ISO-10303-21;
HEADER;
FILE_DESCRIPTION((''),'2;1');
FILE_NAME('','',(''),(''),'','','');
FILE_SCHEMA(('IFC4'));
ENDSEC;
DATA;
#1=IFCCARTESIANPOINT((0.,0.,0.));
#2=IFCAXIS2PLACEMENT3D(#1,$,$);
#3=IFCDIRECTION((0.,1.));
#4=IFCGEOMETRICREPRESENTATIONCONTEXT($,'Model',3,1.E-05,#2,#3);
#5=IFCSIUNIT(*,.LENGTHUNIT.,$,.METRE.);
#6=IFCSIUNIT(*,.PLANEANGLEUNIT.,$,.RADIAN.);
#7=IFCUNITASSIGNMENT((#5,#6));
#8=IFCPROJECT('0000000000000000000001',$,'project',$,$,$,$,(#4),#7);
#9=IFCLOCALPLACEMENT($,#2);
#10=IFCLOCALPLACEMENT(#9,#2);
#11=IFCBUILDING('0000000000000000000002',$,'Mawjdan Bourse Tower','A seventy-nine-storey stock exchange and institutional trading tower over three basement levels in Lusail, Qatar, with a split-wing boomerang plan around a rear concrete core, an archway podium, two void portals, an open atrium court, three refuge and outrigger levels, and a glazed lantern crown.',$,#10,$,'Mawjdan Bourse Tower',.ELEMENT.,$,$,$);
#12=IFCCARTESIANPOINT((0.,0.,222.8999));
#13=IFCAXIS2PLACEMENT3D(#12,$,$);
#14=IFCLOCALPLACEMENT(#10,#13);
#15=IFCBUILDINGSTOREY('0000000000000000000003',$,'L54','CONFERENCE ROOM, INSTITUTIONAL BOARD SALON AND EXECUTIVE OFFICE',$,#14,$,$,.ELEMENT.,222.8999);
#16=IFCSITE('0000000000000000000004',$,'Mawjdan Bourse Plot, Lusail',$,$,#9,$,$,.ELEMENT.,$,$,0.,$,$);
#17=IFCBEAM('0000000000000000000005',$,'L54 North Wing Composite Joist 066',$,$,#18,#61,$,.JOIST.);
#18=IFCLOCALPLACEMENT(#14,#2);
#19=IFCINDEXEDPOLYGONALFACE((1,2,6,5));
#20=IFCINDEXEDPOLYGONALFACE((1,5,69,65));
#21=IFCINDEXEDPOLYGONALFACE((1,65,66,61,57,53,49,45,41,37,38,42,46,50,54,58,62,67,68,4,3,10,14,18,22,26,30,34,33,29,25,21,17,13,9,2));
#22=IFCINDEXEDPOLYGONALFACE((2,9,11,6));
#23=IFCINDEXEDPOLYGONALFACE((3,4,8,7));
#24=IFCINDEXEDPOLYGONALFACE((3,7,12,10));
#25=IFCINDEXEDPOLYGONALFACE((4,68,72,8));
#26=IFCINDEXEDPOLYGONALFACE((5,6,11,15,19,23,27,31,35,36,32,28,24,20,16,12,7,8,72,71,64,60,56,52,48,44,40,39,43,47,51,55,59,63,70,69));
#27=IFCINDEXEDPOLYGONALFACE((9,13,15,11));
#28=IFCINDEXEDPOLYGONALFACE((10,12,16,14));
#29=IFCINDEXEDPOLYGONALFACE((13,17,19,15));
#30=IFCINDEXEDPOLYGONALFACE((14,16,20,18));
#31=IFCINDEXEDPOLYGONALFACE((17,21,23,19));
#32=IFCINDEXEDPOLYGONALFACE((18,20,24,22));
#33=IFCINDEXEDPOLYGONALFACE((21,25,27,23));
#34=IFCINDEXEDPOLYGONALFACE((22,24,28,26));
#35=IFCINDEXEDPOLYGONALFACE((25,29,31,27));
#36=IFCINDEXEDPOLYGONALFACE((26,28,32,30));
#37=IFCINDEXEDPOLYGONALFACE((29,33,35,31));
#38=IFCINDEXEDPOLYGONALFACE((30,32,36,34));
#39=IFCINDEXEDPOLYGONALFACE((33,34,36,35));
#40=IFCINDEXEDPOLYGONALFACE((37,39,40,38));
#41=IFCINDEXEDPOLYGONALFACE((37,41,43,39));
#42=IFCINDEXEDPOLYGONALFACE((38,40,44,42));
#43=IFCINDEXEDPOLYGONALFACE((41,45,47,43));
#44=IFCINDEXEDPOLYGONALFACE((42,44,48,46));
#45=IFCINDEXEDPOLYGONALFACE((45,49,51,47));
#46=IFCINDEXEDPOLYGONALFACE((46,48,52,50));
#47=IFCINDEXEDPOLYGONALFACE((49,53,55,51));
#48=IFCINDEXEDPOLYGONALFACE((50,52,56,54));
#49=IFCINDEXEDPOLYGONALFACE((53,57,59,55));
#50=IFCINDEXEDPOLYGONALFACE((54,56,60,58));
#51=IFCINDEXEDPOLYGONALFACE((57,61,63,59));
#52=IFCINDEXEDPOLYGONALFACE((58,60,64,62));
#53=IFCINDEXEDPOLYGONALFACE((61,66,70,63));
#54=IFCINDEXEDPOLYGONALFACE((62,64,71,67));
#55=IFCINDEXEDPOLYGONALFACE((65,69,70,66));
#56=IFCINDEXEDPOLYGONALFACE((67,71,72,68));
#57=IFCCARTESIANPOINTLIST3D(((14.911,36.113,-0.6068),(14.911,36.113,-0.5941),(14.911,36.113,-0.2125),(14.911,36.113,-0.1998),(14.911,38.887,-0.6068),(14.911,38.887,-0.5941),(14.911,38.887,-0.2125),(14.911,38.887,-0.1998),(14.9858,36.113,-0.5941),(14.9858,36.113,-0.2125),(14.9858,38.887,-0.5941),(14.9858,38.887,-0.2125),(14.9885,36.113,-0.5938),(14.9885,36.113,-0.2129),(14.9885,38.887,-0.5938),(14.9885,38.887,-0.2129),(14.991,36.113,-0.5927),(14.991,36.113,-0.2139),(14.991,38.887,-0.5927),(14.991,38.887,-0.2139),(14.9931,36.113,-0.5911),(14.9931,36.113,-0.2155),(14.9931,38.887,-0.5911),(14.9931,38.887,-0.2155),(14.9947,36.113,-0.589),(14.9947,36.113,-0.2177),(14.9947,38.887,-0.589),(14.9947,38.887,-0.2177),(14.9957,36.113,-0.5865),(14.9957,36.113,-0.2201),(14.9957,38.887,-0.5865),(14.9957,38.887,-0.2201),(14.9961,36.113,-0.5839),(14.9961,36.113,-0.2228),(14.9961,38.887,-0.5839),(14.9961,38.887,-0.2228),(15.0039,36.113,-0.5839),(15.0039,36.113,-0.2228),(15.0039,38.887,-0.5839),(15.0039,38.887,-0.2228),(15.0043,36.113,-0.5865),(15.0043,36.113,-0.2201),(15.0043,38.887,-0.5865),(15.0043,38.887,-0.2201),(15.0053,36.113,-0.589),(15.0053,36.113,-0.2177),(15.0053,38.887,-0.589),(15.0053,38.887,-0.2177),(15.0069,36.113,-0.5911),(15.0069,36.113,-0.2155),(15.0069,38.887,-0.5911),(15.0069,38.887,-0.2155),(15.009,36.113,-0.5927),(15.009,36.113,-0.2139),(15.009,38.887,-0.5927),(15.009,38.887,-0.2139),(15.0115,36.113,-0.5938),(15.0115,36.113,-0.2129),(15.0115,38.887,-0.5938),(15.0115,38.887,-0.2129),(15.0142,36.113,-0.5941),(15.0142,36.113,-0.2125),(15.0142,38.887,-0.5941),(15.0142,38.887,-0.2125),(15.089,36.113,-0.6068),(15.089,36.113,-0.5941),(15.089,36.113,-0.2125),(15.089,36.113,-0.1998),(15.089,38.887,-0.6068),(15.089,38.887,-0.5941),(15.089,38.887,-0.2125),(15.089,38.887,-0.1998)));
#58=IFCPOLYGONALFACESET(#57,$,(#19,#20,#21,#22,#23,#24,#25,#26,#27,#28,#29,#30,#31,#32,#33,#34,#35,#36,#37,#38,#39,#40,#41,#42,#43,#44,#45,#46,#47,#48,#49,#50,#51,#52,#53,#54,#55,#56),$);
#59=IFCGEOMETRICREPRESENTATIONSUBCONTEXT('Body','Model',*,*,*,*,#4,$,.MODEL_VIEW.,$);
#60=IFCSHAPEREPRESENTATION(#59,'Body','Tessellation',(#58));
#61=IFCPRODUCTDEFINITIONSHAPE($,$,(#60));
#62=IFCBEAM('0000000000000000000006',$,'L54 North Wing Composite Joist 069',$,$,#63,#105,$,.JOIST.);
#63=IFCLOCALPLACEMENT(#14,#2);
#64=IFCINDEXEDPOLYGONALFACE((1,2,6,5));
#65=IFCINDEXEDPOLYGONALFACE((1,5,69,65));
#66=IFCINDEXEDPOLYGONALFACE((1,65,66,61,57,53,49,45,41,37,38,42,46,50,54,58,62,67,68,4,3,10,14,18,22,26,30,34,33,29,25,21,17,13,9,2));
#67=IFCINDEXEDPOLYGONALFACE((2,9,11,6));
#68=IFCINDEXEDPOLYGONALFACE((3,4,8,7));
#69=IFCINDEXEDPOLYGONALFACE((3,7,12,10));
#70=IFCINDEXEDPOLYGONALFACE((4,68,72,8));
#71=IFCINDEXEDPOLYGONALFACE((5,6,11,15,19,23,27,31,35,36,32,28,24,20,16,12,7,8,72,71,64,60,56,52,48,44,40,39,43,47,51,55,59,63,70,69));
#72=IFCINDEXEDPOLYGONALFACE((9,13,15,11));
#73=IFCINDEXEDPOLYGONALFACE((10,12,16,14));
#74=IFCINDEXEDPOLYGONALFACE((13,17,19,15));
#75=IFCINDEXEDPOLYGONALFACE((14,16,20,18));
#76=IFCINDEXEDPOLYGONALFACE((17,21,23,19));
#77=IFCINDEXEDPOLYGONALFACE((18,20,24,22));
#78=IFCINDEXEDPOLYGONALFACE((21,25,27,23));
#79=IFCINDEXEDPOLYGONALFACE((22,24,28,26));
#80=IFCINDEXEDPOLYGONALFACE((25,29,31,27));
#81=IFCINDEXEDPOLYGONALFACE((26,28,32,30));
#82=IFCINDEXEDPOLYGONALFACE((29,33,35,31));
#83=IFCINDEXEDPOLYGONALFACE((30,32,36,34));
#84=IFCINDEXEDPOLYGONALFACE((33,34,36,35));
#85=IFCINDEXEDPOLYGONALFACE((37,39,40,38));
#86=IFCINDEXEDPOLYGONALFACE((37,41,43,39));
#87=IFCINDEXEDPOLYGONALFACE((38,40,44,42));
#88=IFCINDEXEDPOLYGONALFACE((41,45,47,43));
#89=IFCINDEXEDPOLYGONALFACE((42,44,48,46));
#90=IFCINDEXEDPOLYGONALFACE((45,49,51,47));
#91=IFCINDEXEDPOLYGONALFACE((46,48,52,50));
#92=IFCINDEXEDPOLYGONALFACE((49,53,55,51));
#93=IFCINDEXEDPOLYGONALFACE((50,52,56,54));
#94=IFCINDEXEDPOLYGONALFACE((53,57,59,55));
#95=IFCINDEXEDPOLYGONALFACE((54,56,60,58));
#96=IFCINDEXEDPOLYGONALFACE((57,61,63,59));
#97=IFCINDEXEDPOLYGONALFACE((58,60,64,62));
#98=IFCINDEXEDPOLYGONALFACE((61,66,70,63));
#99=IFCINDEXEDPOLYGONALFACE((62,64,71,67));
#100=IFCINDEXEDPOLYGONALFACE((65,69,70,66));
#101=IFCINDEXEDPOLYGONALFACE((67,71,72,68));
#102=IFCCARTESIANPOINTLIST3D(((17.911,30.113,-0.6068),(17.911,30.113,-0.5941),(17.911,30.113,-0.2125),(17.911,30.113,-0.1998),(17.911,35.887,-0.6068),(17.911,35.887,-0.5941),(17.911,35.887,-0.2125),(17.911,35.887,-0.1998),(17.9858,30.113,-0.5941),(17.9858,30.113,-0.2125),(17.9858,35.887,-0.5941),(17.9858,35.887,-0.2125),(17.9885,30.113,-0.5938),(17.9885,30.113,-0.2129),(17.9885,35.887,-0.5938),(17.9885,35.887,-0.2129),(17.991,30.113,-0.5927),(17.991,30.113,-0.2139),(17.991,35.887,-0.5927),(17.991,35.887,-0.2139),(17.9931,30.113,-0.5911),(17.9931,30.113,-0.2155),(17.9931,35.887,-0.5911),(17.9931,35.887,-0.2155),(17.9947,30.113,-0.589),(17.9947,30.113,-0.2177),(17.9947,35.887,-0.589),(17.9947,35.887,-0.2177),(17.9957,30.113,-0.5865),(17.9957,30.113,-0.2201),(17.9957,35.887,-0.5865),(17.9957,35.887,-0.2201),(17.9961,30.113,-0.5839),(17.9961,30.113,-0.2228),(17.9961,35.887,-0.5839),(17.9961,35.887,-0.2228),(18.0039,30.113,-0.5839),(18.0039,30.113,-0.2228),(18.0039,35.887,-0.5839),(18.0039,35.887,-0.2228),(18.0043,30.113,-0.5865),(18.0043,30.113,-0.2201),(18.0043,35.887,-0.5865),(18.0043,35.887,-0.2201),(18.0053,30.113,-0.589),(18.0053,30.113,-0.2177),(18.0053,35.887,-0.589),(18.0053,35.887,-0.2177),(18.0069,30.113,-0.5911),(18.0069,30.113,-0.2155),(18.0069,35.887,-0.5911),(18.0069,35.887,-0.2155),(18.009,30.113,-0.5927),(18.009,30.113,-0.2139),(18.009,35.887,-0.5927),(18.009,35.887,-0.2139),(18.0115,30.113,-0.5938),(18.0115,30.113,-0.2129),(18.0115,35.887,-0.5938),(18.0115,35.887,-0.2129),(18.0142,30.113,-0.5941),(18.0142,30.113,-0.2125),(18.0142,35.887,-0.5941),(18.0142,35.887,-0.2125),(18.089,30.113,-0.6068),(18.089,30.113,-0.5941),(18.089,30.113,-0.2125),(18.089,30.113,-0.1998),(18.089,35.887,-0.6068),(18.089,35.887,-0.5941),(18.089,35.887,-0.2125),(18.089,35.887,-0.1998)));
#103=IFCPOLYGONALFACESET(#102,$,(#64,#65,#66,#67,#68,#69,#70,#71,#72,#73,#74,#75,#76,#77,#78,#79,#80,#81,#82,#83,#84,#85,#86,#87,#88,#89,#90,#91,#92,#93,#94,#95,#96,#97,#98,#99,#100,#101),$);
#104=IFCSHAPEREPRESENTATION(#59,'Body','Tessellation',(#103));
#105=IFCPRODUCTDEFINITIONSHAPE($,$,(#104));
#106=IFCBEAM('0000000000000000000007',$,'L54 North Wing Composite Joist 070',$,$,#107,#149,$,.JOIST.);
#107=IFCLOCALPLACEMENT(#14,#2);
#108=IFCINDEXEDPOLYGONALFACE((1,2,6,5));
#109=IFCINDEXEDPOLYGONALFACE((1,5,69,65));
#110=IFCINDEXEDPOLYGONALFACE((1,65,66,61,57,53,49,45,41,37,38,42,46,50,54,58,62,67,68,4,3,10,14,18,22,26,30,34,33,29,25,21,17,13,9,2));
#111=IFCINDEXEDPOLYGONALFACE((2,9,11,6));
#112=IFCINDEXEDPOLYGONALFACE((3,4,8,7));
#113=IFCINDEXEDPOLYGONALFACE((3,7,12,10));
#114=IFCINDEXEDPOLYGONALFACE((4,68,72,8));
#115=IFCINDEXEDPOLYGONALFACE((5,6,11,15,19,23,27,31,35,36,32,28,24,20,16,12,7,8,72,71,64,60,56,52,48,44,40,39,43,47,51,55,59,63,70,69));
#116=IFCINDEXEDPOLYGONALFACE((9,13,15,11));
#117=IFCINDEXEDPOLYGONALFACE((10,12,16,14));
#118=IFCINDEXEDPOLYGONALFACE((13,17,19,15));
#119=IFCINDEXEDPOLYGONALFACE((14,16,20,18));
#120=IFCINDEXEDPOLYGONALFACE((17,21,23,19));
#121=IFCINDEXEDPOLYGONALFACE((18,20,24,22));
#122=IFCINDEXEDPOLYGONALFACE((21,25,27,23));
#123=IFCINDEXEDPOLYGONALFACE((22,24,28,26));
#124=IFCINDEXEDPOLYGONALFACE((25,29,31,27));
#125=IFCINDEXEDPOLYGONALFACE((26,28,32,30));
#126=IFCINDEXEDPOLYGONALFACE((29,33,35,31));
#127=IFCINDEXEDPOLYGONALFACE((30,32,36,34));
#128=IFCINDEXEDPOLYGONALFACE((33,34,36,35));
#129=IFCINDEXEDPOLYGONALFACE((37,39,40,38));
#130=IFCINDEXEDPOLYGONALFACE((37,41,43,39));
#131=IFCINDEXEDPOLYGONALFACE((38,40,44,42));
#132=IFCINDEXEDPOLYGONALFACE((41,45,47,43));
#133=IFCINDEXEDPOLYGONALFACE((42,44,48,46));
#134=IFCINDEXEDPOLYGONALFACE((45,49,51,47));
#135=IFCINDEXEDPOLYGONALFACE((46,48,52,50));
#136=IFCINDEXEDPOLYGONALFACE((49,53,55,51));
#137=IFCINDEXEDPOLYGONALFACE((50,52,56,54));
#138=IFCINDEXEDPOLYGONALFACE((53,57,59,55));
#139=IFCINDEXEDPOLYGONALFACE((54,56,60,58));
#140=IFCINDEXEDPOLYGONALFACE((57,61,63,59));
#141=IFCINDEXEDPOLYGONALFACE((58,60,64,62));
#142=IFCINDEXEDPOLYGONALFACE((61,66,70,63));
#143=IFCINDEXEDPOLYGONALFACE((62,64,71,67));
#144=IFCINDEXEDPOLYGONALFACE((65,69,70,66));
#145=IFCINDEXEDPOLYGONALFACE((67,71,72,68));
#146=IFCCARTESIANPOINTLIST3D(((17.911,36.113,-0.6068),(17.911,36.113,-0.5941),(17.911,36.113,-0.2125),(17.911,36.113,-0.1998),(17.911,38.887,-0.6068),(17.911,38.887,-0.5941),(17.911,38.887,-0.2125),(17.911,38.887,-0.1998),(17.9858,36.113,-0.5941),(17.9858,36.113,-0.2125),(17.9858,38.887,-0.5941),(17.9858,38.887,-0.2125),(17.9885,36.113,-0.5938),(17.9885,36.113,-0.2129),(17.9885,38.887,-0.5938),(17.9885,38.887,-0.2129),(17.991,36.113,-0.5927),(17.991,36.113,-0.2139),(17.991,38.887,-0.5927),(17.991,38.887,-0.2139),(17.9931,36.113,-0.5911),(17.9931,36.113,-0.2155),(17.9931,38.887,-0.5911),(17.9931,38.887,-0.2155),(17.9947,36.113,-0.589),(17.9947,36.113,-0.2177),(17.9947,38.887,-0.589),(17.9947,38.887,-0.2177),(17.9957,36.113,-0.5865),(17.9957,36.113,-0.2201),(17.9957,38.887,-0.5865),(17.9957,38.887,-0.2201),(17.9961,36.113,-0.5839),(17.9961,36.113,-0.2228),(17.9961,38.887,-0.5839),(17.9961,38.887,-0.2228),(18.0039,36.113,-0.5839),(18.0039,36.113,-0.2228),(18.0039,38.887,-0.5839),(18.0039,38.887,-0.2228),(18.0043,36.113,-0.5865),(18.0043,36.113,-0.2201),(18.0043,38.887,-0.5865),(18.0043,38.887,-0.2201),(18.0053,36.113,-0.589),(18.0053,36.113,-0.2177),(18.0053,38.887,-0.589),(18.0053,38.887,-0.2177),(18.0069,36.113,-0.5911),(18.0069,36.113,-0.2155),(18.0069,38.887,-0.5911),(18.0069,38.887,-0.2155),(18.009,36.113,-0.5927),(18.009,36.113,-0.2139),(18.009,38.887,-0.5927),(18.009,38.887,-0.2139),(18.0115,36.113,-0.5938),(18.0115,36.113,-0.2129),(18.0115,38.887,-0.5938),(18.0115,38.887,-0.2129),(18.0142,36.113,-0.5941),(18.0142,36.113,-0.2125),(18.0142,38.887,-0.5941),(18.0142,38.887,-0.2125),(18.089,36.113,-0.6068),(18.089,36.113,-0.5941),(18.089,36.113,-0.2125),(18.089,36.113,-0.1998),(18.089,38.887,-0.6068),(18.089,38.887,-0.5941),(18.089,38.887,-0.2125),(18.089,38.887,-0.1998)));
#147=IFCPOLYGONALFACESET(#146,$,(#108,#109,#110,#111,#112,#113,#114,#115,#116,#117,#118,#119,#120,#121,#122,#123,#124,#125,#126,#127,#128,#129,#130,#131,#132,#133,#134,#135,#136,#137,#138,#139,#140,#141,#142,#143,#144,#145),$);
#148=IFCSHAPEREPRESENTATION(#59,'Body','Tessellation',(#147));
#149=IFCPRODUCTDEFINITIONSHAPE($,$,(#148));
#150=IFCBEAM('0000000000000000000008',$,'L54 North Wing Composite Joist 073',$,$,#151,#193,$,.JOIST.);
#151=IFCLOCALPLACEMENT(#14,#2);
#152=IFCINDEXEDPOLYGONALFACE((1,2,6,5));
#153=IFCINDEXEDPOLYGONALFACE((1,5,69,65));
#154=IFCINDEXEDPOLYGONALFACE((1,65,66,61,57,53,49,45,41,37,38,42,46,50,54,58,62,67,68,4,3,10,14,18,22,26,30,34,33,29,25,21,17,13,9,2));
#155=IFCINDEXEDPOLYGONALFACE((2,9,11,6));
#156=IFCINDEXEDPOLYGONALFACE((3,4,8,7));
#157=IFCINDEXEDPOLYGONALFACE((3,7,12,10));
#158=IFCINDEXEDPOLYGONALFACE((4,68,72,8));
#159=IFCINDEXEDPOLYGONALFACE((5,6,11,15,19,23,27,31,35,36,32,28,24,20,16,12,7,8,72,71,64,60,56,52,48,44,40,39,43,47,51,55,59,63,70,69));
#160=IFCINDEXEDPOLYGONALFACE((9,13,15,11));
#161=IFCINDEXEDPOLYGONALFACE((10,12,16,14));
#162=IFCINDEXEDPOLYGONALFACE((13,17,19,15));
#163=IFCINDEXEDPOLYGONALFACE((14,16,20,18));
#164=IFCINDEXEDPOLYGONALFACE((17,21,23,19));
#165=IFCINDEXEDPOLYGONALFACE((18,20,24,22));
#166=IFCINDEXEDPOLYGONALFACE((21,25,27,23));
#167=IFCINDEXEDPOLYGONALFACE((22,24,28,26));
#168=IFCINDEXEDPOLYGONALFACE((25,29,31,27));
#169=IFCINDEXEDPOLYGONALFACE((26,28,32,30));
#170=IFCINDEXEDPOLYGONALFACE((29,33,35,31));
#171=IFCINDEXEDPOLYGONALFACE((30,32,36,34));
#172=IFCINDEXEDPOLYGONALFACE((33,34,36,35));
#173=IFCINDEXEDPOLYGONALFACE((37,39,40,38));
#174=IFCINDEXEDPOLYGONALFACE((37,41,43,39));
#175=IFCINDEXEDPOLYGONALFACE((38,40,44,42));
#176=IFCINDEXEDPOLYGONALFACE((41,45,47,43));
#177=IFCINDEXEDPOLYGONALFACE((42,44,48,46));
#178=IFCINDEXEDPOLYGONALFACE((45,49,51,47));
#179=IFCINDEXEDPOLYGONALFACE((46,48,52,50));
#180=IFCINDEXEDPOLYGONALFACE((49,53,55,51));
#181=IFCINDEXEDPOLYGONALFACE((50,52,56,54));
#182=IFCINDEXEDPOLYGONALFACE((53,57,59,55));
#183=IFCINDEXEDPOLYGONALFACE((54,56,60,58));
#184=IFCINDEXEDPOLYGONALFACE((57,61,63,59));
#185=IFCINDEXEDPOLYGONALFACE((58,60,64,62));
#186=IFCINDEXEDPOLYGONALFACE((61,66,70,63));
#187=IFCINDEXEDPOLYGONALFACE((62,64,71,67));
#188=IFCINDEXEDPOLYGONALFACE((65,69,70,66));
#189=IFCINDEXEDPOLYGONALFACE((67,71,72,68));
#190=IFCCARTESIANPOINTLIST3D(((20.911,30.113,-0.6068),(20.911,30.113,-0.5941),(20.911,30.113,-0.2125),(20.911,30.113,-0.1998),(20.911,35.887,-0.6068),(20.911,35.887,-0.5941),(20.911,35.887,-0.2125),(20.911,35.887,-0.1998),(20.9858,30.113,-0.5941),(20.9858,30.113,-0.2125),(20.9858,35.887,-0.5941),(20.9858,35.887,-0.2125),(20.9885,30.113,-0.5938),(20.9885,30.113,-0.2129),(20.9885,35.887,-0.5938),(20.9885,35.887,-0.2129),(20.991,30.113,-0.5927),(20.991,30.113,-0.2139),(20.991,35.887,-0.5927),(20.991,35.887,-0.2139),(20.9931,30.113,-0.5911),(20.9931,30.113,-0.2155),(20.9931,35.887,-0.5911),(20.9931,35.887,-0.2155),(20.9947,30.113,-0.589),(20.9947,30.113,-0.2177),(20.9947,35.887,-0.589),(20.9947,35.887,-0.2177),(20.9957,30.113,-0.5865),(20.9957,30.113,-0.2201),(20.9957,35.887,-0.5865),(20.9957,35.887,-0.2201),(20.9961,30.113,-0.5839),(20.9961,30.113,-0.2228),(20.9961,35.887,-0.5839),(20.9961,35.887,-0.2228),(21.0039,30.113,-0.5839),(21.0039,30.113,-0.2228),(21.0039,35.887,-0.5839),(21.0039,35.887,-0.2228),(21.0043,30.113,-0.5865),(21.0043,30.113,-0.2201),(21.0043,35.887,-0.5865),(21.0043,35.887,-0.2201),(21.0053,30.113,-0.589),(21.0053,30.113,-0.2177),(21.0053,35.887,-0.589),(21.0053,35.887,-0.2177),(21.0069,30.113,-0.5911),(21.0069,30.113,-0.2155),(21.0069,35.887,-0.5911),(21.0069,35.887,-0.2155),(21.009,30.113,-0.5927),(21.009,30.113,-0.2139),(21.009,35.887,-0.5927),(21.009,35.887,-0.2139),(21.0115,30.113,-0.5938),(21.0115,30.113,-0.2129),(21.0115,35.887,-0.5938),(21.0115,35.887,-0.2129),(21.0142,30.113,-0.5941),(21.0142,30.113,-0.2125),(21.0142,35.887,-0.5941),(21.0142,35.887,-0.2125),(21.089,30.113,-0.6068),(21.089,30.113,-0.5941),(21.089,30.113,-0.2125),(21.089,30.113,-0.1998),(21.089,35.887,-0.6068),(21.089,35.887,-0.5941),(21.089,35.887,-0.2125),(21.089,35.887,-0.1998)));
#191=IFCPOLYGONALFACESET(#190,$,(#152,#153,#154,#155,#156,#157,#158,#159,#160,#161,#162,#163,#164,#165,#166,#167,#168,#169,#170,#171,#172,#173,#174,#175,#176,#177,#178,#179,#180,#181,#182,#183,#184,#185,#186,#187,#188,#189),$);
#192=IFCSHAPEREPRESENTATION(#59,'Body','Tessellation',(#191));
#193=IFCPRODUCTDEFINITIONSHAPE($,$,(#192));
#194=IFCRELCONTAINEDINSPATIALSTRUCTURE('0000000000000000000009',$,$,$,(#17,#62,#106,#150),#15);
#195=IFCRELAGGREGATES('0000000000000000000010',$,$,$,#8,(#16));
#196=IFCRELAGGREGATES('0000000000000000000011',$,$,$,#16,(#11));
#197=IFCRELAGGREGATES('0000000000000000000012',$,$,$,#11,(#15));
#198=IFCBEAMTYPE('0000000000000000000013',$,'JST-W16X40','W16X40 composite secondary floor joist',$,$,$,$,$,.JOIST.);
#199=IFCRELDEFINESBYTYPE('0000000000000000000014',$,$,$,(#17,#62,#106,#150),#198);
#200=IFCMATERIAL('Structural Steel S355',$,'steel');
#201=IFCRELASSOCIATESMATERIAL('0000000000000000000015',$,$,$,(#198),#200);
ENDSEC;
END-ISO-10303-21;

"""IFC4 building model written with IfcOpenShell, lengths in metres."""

from ifc_helpers import new_model, si_unit, direction, frame, origin, origin_2d, place, context, subcontext, project, spatial, i_section, extrude, material, material_profile, profile_set, type_object, element, save


model = new_model("IFC4")

# Units and contexts
model_context = context("Model", 3, precision=1e-05, world=origin(), true_north=direction((0.0, 1.0)))
body_context = subcontext(model_context, "Body", "Model", "MODEL_VIEW")
ifc_project = project(units=[si_unit("LENGTHUNIT", "METRE"), si_unit("PLANEANGLEUNIT", "RADIAN")], contexts=[model_context])

# Site, building, storey
site_placement = place(None, origin())
site = spatial("IfcSite", under=ifc_project, at=site_placement, Name="Mawjdan Bourse Plot, Lusail", CompositionType="ELEMENT", RefElevation=0.0)
building_placement = place(site_placement, origin())
building = spatial("IfcBuilding", under=site, at=building_placement, Name="Mawjdan Bourse Tower", Description="A seventy-nine-storey stock exchange and institutional trading tower over three basement levels in Lusail, Qatar, with a split-wing boomerang plan around a rear concrete core, an archway podium, two void portals, an open atrium court, three refuge and outrigger levels, and a glazed lantern crown.", LongName="Mawjdan Bourse Tower", CompositionType="ELEMENT")
storey_placement = place(building_placement, frame((0.0, 0.0, 222.8999)))
storey = spatial("IfcBuildingStorey", under=building, at=storey_placement, Name="L54", Description="CONFERENCE ROOM, INSTITUTIONAL BOARD SALON AND EXECUTIVE OFFICE", CompositionType="ELEMENT", Elevation=222.8999)

# Beams
ifc_material_1 = material(Name="Structural Steel S355", Category="steel")
ifc_material_profile_1 = material_profile(ifc_material_1, i_section(OverallWidth=0.178, OverallDepth=0.407, WebThickness=0.0078, FlangeThickness=0.0127, FilletRadius=0.0103, at=origin_2d()), Name="W16X40")
ifc_profile_set_1 = profile_set([ifc_material_profile_1], Name="Structural Steel S355")
beam_type_1 = type_object("IfcBeamType", Name="JST-W16X40", Description="W16X40 composite secondary floor joist", PredefinedType="JOIST", material=ifc_profile_set_1)
for number, where, z_axis, x_axis, name in (
    (1, (15.0, 36.113, -0.4033), (0.0, 1.0, 0.0), (-1.0, 0.0, 0.0), "L54 North Wing Composite Joist 066"),
):
    element("IfcBeam", number, at=place(storey_placement, frame(where, z_axis=z_axis, x_axis=x_axis)), inside=storey, type_object=beam_type_1, Name=name, PredefinedType="JOIST", context=body_context, shape_type="SweptSolid", body=[
        extrude(i_section(OverallWidth=0.178, OverallDepth=0.407, WebThickness=0.0078, FlangeThickness=0.0127, FilletRadius=0.0103, at=origin_2d()), origin(), (0.0, 0.0, 1.0), 2.7739),
    ])
beam_1_placement = place(storey_placement, frame((18.0, 30.113, -0.4033), z_axis=(0.0, 1.0, 0.0), x_axis=(-1.0, 0.0, 0.0)))
element("IfcBeam", 2, at=beam_1_placement, inside=storey, type_object=beam_type_1, Name="L54 North Wing Composite Joist 069", PredefinedType="JOIST", context=body_context, shape_type="SweptSolid", body=[
    extrude(i_section(OverallWidth=0.178, OverallDepth=0.407, WebThickness=0.0078, FlangeThickness=0.0127, FilletRadius=0.0103, at=origin_2d()), origin(), (0.0, 0.0, 1.0), 5.7739),
])
beam_2_placement = place(storey_placement, frame((18.0, 36.113, -0.4033), z_axis=(0.0, 1.0, 0.0), x_axis=(-1.0, 0.0, 0.0)))
element("IfcBeam", 3, at=beam_2_placement, inside=storey, type_object=beam_type_1, Name="L54 North Wing Composite Joist 070", PredefinedType="JOIST", context=body_context, shape_type="SweptSolid", body=[
    extrude(i_section(OverallWidth=0.178, OverallDepth=0.407, WebThickness=0.0078, FlangeThickness=0.0127, FilletRadius=0.0103, at=origin_2d()), origin(), (0.0, 0.0, 1.0), 2.7739),
])
beam_3_placement = place(storey_placement, frame((21.0, 30.113, -0.4033), z_axis=(0.0, 1.0, 0.0), x_axis=(-1.0, 0.0, 0.0)))
element("IfcBeam", 4, at=beam_3_placement, inside=storey, type_object=beam_type_1, Name="L54 North Wing Composite Joist 073", PredefinedType="JOIST", context=body_context, shape_type="SweptSolid", body=[
    extrude(i_section(OverallWidth=0.178, OverallDepth=0.407, WebThickness=0.0078, FlangeThickness=0.0127, FilletRadius=0.0103, at=origin_2d()), origin(), (0.0, 0.0, 1.0), 5.7739),
])

save(model, "model.ifc")
